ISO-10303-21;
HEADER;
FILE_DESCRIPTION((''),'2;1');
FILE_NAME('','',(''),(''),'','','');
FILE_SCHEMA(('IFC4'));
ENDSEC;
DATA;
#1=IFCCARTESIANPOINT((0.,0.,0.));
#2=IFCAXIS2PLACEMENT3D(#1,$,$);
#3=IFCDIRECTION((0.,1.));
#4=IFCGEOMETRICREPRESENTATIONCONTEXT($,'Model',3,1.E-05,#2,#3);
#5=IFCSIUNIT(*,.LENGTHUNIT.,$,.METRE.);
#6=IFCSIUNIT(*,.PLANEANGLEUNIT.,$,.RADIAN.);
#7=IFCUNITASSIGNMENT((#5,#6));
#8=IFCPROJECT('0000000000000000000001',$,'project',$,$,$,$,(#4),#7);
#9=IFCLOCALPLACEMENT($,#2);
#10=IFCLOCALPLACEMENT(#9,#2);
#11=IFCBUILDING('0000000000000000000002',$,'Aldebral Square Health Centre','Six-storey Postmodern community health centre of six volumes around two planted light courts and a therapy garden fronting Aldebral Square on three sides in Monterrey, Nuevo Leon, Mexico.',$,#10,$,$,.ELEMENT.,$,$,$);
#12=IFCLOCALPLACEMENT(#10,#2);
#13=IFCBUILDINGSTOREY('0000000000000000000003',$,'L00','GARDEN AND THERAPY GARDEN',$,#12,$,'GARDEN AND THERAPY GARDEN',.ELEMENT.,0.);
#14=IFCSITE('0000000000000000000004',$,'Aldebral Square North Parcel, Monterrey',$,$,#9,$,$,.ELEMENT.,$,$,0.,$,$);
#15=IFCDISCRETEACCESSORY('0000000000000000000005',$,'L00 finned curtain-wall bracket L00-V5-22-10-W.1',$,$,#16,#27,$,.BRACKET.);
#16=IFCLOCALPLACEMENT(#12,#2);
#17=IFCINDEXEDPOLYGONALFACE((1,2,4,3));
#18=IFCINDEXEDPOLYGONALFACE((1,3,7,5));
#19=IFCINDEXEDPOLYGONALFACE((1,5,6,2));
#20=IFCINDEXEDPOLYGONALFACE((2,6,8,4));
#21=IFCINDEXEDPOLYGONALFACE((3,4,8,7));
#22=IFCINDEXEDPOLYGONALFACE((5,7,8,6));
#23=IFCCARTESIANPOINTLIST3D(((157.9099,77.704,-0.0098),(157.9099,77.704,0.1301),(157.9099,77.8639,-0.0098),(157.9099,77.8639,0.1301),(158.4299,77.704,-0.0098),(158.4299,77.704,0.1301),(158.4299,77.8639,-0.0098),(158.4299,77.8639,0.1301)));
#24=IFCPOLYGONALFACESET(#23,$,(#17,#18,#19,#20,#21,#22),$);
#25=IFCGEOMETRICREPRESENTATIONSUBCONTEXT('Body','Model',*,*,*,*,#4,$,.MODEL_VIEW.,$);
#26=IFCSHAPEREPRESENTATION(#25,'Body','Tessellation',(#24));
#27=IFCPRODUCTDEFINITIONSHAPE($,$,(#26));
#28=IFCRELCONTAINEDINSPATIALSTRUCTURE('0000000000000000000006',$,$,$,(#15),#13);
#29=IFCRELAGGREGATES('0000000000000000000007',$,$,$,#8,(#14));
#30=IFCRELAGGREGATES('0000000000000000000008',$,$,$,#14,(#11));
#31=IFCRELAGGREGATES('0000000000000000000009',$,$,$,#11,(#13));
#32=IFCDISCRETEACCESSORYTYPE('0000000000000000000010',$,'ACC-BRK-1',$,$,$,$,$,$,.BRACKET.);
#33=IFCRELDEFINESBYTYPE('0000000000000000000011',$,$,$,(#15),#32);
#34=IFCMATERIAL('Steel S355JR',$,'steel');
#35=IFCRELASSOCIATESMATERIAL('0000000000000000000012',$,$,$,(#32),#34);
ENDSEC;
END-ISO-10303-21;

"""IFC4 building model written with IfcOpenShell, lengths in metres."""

from ifc_helpers import new_model, si_unit, direction, frame, origin, origin_2d, place, context, subcontext, project, spatial, rectangle, extrude, material, type_object, element, save


model = new_model("IFC4")

# Units and contexts
model_context = context("Model", 3, precision=1e-05, world=origin(), true_north=direction((0.0, 1.0)))
body_context = subcontext(model_context, "Body", "Model", "MODEL_VIEW")
ifc_project = project(units=[si_unit("LENGTHUNIT", "METRE"), si_unit("PLANEANGLEUNIT", "RADIAN")], contexts=[model_context])

# Site, building, storey
site_placement = place(None, origin())
site = spatial("IfcSite", under=ifc_project, at=site_placement, Name="Aldebral Square North Parcel, Monterrey", CompositionType="ELEMENT", RefElevation=0.0)
building_placement = place(site_placement, origin())
building = spatial("IfcBuilding", under=site, at=building_placement, Name="Aldebral Square Health Centre", Description="Six-storey Postmodern community health centre of six volumes around two planted light courts and a therapy garden fronting Aldebral Square on three sides in Monterrey, Nuevo Leon, Mexico.", CompositionType="ELEMENT")
storey_placement = place(building_placement, origin())
storey = spatial("IfcBuildingStorey", under=building, at=storey_placement, Name="L00", Description="GARDEN AND THERAPY GARDEN", LongName="GARDEN AND THERAPY GARDEN", CompositionType="ELEMENT", Elevation=0.0)

# Shared definitions
ifc_material_1 = material(Name="Steel S355JR", Category="steel")

# Discrete accessory
discrete_accessory_type = type_object("IfcDiscreteAccessoryType", Name="ACC-BRK-1", PredefinedType="BRACKET", material=ifc_material_1)
discrete_accessory_placement = place(storey_placement, frame((158.1699, 77.7839, -0.0098), z_axis=(0.0, 0.0, 1.0), x_axis=(0.0, 1.0, 0.0)))
element("IfcDiscreteAccessory", 1, at=discrete_accessory_placement, inside=storey, type_object=discrete_accessory_type, Name="L00 finned curtain-wall bracket L00-V5-22-10-W.1", PredefinedType="BRACKET", context=body_context, shape_type="SweptSolid", body=[
    extrude(rectangle(XDim=0.1599, YDim=0.52, at=origin_2d()), origin(), (0.0, 0.0, 1.0), 0.1399),
])

save(model, "model.ifc")
